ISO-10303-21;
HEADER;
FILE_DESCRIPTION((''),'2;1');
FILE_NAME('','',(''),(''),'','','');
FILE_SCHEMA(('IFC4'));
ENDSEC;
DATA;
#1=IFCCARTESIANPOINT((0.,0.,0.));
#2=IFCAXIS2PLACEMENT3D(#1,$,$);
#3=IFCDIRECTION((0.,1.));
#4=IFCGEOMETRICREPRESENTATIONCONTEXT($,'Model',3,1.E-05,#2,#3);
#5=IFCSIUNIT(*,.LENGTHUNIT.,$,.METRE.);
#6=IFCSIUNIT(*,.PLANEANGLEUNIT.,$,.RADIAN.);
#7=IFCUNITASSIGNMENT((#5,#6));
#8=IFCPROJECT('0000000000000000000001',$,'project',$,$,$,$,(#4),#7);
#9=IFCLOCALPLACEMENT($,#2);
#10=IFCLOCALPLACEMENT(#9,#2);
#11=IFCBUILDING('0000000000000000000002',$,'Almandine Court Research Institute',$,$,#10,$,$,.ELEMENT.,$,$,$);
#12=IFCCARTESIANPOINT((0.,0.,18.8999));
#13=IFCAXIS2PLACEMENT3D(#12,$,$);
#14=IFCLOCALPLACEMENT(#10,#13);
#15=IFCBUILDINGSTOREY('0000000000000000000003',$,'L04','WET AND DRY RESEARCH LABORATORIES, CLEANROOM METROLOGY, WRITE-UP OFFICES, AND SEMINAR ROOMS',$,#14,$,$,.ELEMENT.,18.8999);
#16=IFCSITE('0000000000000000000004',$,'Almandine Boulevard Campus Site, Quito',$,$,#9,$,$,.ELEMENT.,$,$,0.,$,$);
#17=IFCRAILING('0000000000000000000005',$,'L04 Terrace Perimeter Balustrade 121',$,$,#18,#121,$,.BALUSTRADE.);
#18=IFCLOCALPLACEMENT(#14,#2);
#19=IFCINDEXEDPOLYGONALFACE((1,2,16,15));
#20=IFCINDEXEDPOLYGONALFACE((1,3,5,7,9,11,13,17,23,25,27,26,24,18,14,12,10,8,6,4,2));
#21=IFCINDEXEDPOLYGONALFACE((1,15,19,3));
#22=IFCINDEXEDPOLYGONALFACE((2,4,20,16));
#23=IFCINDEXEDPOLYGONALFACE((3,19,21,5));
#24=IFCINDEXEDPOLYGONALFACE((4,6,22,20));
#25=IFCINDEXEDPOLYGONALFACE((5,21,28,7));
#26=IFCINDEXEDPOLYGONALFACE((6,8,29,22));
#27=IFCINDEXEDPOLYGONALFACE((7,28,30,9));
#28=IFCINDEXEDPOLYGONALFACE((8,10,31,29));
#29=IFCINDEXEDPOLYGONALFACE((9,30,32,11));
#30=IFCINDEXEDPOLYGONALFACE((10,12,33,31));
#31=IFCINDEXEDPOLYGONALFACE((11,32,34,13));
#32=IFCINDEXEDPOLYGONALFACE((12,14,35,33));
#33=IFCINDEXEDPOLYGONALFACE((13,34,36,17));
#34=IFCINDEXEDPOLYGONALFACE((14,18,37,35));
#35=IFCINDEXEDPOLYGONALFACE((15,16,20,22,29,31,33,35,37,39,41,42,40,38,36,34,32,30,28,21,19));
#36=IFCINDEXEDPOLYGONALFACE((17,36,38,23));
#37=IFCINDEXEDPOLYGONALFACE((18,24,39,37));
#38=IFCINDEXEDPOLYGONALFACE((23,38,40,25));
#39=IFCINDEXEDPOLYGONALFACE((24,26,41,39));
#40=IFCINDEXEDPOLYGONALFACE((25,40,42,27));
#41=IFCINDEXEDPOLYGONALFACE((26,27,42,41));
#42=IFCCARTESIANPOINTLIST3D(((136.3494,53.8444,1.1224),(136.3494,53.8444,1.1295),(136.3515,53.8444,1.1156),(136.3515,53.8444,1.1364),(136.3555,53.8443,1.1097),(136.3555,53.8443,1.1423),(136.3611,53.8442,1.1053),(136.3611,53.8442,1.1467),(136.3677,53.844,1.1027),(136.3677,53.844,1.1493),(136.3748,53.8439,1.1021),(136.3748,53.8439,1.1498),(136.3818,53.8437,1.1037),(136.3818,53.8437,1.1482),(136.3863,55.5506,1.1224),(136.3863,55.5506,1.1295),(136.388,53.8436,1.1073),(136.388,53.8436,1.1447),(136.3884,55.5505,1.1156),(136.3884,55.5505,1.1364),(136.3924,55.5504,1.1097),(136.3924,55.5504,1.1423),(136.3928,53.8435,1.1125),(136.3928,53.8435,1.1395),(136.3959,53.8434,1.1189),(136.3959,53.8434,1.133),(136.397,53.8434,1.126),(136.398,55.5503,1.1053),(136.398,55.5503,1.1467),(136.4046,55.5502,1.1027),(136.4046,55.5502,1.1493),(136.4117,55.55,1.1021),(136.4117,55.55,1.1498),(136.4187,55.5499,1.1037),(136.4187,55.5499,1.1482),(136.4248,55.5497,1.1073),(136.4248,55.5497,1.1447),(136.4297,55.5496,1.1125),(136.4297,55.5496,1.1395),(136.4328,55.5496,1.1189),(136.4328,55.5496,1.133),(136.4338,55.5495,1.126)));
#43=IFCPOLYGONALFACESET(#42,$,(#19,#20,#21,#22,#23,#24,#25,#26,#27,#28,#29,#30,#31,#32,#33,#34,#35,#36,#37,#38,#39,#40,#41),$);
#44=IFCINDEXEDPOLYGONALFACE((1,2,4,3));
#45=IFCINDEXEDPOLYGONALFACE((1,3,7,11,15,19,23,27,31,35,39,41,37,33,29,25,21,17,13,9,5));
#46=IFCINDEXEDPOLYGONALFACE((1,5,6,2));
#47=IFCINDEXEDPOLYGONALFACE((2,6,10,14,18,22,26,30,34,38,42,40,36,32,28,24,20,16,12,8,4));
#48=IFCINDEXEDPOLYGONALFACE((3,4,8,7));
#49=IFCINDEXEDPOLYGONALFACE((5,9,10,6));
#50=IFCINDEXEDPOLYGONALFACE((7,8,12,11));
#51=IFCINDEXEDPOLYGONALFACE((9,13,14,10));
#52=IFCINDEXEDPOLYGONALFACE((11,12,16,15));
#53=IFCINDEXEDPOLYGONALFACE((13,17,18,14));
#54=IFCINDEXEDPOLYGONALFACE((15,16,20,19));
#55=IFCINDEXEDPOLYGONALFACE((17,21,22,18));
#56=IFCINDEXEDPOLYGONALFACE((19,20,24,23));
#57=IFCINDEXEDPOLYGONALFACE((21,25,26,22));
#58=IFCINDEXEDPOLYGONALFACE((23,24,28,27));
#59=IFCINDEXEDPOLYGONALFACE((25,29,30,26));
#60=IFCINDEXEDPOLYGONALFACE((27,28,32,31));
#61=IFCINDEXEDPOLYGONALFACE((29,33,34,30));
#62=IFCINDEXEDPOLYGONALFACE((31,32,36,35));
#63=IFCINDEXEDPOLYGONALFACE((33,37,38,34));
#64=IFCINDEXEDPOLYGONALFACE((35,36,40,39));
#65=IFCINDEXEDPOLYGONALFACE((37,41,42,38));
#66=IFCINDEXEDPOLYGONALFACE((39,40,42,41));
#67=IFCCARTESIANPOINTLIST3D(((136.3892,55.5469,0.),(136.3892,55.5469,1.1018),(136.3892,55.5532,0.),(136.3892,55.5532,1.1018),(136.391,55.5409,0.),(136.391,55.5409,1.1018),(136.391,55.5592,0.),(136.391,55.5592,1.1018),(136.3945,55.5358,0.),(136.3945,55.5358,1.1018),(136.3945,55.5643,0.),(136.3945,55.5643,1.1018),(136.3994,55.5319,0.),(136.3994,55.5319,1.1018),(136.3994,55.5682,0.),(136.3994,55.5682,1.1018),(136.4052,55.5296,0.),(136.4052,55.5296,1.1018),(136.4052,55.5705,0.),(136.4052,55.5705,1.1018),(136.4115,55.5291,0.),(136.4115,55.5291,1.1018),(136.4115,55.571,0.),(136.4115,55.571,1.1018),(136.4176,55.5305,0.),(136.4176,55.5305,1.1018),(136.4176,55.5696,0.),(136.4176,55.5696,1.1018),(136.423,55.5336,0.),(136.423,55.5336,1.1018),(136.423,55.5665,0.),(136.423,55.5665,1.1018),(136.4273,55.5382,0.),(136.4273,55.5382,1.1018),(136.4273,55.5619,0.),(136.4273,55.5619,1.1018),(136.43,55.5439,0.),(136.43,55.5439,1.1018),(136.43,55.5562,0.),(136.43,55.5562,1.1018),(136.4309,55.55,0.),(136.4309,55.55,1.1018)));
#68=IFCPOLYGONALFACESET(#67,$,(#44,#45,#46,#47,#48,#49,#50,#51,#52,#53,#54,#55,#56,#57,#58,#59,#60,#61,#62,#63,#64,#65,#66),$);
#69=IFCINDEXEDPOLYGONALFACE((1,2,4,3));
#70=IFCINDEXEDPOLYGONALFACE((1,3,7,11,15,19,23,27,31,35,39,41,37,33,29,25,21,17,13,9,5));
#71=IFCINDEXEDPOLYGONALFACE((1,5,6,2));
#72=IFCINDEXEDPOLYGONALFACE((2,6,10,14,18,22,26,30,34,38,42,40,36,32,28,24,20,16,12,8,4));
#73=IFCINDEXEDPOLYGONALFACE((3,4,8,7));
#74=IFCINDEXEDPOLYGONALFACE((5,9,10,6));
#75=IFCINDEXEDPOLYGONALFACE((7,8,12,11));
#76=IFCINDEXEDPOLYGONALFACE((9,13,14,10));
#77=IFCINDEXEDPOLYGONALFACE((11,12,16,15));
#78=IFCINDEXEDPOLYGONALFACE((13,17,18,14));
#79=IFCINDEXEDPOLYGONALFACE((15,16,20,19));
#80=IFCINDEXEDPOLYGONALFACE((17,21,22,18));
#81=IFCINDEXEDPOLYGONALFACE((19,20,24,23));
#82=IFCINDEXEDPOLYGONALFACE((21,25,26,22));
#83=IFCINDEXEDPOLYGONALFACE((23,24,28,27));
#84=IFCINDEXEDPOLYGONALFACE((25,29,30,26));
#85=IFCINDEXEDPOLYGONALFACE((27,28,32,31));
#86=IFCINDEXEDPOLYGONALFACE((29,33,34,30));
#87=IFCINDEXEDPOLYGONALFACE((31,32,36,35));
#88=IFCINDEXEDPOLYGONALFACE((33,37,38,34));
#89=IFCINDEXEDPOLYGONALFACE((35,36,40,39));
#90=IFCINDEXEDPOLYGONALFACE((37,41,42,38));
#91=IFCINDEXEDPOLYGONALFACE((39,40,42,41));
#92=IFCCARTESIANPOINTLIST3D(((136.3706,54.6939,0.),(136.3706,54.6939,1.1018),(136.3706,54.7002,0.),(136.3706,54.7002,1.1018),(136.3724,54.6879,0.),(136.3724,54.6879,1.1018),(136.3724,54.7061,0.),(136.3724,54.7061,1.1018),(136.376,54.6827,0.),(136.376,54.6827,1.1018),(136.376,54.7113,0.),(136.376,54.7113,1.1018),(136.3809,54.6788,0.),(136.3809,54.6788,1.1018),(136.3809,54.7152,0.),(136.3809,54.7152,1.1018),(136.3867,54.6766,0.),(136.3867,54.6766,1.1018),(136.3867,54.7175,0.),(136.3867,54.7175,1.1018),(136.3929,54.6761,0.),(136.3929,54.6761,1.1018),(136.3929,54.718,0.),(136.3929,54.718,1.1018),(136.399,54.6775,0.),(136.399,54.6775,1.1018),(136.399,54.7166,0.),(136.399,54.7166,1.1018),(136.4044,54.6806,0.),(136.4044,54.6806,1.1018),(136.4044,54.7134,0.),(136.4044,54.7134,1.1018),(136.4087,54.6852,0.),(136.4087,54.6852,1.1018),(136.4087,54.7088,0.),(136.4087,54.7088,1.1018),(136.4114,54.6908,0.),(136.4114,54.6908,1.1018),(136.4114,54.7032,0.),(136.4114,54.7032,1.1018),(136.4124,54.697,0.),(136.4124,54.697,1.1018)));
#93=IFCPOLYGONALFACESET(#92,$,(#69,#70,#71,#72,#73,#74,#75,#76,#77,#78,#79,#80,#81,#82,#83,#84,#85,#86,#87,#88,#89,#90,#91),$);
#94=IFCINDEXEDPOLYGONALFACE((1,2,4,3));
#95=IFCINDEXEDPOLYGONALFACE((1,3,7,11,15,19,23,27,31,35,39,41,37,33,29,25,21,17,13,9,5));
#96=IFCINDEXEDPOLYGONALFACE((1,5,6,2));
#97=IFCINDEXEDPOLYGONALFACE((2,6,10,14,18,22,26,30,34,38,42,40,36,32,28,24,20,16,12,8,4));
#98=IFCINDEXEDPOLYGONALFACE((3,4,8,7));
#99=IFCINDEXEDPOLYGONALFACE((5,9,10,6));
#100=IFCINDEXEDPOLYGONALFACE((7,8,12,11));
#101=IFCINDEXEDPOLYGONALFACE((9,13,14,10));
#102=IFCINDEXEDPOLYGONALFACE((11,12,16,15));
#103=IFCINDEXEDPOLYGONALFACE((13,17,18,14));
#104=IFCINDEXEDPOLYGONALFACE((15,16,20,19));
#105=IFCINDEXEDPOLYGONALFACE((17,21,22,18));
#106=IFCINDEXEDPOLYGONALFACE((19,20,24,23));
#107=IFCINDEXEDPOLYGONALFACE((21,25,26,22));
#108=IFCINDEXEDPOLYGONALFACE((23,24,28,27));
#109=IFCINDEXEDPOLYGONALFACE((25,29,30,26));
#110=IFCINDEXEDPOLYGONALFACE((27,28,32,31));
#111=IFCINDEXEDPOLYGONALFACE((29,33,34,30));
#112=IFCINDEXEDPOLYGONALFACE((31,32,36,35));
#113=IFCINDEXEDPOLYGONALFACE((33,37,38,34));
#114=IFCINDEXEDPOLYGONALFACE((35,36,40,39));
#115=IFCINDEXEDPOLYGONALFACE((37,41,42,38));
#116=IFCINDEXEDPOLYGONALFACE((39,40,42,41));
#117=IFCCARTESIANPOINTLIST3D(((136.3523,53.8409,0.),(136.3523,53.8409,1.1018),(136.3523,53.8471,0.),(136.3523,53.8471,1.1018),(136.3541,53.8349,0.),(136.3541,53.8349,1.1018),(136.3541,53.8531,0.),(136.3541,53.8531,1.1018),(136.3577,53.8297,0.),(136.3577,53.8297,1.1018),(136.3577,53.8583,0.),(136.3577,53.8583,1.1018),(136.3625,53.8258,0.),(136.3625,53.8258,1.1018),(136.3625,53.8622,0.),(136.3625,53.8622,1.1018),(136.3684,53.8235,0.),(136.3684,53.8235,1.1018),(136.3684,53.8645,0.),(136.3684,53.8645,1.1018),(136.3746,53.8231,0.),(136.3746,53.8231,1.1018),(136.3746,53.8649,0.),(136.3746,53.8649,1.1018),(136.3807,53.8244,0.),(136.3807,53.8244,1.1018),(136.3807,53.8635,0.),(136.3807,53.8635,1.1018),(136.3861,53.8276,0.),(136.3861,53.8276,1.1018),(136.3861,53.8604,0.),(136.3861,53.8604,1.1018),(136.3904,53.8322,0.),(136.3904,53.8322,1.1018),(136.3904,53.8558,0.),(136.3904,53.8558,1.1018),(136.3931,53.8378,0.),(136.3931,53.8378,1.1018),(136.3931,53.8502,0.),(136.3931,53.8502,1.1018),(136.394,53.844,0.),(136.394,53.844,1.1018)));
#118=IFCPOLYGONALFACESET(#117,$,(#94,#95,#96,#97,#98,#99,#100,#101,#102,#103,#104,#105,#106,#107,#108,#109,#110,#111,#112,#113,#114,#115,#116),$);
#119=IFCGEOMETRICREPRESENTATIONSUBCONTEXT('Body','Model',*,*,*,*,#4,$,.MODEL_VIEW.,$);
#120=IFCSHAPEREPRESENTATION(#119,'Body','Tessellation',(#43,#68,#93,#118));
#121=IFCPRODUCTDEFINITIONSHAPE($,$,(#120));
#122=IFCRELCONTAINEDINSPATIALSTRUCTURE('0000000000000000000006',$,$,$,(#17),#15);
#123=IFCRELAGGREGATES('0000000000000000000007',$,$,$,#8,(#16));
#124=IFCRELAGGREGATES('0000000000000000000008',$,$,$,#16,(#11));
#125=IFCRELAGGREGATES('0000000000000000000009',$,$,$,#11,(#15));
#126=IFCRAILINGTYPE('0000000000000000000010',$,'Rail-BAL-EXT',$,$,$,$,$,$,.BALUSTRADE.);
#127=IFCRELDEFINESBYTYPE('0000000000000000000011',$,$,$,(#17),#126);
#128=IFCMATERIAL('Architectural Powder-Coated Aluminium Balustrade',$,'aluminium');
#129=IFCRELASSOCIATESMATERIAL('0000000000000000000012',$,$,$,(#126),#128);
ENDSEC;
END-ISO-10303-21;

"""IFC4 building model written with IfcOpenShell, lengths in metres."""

from ifc_helpers import new_model, si_unit, direction, frame, origin, origin_2d, place, context, subcontext, project, spatial, circle, extrude, material, type_object, element, save


model = new_model("IFC4")

# Units and contexts
model_context = context("Model", 3, precision=1e-05, world=origin(), true_north=direction((0.0, 1.0)))
body_context = subcontext(model_context, "Body", "Model", "MODEL_VIEW")
ifc_project = project(units=[si_unit("LENGTHUNIT", "METRE"), si_unit("PLANEANGLEUNIT", "RADIAN")], contexts=[model_context])

# Site, building, storey
site_placement = place(None, origin())
site = spatial("IfcSite", under=ifc_project, at=site_placement, Name="Almandine Boulevard Campus Site, Quito", CompositionType="ELEMENT", RefElevation=0.0)
building_placement = place(site_placement, origin())
building = spatial("IfcBuilding", under=site, at=building_placement, Name="Almandine Court Research Institute", CompositionType="ELEMENT")
storey_placement = place(building_placement, frame((0.0, 0.0, 18.8999)))
storey = spatial("IfcBuildingStorey", under=building, at=storey_placement, Name="L04", Description="WET AND DRY RESEARCH LABORATORIES, CLEANROOM METROLOGY, WRITE-UP OFFICES, AND SEMINAR ROOMS", CompositionType="ELEMENT", Elevation=18.8999)

# Railing
ifc_material_1 = material(Name="Architectural Powder-Coated Aluminium Balustrade", Category="aluminium")
railing_type = type_object("IfcRailingType", Name="Rail-BAL-EXT", PredefinedType="BALUSTRADE", material=ifc_material_1)
railing_1_placement = place(storey_placement, frame((136.4099, 55.55, 0.0)))
element("IfcRailing", 1, at=railing_1_placement, inside=storey, type_object=railing_type, Name="L04 Terrace Perimeter Balustrade 121", PredefinedType="BALUSTRADE", context=body_context, shape_type="SweptSolid", body=[
    extrude(circle(Radius=0.0239, at=origin_2d()), frame((0.0, 0.0, 1.126), z_axis=(-0.021603, -0.999767, 0.0), x_axis=(0.999767, -0.021603, 0.0)), (0.0, 0.0, 1.0), 1.7065),
    extrude(circle(Radius=0.021, at=origin_2d()), origin(), (0.0, 0.0, 1.0), 1.1018),
    extrude(circle(Radius=0.021, at=origin_2d()), frame((-0.0186, -0.853, 0.0)), (0.0, 0.0, 1.0), 1.1018),
    extrude(circle(Radius=0.021, at=origin_2d()), frame((-0.0369, -1.7061, 0.0)), (0.0, 0.0, 1.0), 1.1018),
])

save(model, "model.ifc")
